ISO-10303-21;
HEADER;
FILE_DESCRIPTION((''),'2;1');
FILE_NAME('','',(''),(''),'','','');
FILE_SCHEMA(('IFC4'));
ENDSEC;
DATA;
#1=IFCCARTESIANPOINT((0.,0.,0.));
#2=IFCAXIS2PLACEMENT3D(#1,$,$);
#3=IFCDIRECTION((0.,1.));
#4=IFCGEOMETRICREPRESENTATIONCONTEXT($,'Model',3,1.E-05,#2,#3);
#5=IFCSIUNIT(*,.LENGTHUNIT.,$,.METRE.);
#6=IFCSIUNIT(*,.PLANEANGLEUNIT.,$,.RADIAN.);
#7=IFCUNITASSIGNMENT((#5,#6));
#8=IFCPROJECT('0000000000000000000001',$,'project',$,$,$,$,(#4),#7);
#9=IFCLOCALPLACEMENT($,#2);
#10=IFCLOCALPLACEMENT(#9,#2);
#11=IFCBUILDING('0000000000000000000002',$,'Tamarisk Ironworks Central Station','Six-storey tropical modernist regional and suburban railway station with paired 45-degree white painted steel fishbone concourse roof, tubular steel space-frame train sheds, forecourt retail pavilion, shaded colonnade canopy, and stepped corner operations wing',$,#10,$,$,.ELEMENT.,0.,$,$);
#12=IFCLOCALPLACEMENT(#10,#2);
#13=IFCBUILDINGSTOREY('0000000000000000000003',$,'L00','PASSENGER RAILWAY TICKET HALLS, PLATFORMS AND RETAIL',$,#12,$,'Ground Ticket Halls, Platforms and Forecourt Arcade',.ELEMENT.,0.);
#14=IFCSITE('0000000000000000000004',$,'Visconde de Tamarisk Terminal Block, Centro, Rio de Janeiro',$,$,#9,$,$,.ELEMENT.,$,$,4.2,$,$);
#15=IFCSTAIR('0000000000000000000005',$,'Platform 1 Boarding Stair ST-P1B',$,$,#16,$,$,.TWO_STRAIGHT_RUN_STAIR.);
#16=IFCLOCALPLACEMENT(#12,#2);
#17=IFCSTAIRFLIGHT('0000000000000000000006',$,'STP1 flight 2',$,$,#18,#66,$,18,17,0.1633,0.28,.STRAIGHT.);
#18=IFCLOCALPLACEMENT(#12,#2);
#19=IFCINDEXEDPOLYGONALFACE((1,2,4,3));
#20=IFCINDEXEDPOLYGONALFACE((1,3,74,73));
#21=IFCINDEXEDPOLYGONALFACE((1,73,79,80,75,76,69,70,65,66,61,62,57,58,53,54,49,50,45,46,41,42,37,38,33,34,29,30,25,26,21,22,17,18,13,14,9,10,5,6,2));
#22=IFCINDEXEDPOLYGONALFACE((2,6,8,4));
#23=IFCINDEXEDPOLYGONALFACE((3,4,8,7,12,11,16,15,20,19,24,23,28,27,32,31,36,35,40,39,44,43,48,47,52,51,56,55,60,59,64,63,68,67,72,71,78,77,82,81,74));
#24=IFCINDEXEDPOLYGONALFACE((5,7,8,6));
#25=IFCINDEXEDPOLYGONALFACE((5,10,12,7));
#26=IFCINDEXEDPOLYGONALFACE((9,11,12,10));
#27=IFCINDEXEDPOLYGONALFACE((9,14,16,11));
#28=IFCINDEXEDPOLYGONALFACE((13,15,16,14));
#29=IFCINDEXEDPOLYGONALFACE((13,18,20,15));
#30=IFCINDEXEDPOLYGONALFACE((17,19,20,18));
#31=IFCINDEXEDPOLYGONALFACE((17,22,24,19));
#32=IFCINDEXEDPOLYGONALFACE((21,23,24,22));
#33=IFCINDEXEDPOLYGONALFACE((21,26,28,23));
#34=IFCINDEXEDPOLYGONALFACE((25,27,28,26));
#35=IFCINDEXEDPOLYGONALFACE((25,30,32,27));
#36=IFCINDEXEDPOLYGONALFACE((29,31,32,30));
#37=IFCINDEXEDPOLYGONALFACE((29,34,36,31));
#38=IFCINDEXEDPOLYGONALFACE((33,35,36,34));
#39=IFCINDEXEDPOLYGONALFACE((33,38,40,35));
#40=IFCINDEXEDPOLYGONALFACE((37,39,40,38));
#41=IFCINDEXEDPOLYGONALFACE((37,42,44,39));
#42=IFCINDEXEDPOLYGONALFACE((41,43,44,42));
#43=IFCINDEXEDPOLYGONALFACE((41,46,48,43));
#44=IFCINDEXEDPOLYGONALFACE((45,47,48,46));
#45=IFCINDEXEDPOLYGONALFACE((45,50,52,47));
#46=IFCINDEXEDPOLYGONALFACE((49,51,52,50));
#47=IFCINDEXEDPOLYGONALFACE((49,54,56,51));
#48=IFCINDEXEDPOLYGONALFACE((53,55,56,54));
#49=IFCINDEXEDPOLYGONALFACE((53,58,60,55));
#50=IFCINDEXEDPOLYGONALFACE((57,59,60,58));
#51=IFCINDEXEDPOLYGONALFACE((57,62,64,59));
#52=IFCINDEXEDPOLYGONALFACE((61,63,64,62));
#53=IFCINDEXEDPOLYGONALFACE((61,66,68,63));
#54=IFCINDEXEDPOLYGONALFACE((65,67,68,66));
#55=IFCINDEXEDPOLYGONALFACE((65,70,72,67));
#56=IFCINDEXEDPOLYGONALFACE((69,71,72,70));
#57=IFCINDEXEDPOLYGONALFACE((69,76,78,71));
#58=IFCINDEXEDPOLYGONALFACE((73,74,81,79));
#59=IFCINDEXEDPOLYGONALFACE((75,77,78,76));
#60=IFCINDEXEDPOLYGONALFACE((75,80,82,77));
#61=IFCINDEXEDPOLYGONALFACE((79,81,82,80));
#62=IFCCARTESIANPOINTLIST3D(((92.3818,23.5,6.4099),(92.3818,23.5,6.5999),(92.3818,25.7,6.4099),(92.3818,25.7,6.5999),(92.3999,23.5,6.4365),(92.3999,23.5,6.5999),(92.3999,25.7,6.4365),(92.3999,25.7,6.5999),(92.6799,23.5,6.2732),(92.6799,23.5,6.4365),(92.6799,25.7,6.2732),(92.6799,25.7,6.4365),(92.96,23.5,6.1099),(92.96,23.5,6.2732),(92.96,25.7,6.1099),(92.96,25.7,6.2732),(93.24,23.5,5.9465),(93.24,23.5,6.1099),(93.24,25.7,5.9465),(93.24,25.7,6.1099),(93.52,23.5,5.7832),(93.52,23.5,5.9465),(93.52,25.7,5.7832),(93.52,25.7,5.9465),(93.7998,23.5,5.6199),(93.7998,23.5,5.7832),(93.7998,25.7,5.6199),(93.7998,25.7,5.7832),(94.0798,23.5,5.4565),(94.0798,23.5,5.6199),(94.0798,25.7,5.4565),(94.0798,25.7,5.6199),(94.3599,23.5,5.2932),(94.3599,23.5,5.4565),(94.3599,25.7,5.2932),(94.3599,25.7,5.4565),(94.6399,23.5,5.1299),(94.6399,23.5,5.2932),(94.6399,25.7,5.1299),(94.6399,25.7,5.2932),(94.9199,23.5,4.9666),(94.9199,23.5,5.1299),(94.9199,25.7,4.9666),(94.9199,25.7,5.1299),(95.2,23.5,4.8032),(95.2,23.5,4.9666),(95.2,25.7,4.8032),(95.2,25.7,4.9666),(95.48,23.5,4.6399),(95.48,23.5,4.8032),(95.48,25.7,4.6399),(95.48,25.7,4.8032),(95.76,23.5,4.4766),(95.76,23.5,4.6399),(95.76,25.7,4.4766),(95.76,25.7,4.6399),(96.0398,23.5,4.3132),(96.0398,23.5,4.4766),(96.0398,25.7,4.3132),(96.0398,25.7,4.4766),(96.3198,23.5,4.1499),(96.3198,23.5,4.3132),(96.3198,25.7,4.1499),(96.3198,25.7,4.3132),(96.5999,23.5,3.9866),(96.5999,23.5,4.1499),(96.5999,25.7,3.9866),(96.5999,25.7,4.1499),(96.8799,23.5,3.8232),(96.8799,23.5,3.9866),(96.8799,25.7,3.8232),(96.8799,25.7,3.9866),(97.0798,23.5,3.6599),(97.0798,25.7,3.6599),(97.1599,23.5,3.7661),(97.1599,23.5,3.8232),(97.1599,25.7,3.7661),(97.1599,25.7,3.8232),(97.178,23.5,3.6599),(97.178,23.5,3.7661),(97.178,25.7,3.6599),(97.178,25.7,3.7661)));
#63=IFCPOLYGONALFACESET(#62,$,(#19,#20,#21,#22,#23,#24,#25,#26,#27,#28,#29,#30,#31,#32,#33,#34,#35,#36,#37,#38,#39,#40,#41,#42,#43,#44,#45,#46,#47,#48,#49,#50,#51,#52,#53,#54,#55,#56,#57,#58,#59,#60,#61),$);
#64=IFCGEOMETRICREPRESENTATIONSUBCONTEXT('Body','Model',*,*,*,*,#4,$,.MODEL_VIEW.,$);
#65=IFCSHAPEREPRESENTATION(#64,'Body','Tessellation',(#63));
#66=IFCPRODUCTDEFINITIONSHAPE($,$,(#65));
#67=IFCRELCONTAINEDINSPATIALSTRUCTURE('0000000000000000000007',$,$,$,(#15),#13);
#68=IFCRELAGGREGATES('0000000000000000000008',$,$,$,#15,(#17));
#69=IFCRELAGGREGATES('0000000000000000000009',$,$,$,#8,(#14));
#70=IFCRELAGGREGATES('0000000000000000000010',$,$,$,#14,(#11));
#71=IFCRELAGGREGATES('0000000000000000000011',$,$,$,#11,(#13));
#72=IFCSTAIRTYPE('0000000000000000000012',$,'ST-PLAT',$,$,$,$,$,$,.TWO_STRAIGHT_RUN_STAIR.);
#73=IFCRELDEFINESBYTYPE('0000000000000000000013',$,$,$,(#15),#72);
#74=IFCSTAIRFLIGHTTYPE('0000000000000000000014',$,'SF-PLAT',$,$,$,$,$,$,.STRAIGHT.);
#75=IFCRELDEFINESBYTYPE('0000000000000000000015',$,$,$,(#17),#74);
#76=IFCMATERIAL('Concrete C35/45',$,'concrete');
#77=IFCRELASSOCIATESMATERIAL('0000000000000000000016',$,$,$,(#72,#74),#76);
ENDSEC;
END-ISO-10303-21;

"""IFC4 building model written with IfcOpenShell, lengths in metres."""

from ifc_helpers import new_model, si_unit, direction, frame, origin, place, context, subcontext, project, spatial, polyline, outline, extrude, material, type_object, element, aggregate, save


model = new_model("IFC4")

# Units and contexts
model_context = context("Model", 3, precision=1e-05, world=origin(), true_north=direction((0.0, 1.0)))
body_context = subcontext(model_context, "Body", "Model", "MODEL_VIEW")
ifc_project = project(units=[si_unit("LENGTHUNIT", "METRE"), si_unit("PLANEANGLEUNIT", "RADIAN")], contexts=[model_context])

# Site, building, storey
site_placement = place(None, origin())
site = spatial("IfcSite", under=ifc_project, at=site_placement, Name="Visconde de Tamarisk Terminal Block, Centro, Rio de Janeiro", CompositionType="ELEMENT", RefElevation=4.2)
building_placement = place(site_placement, origin())
building = spatial("IfcBuilding", under=site, at=building_placement, Name="Tamarisk Ironworks Central Station", Description="Six-storey tropical modernist regional and suburban railway station with paired 45-degree white painted steel fishbone concourse roof, tubular steel space-frame train sheds, forecourt retail pavilion, shaded colonnade canopy, and stepped corner operations wing", CompositionType="ELEMENT", ElevationOfRefHeight=0.0)
storey_placement = place(building_placement, origin())
storey = spatial("IfcBuildingStorey", under=building, at=storey_placement, Name="L00", Description="PASSENGER RAILWAY TICKET HALLS, PLATFORMS AND RETAIL", LongName="Ground Ticket Halls, Platforms and Forecourt Arcade", CompositionType="ELEMENT", Elevation=0.0)

# Stair, stair flight
ifc_material_1 = material(Name="Concrete C35/45", Category="concrete")
stair_type = type_object("IfcStairType", Name="ST-PLAT", PredefinedType="TWO_STRAIGHT_RUN_STAIR", material=ifc_material_1)
stair_placement = place(storey_placement, origin())
stair = element("IfcStair", 1, at=stair_placement, inside=storey, type_object=stair_type, Name="Platform 1 Boarding Stair ST-P1B", PredefinedType="TWO_STRAIGHT_RUN_STAIR")
stair_flight_type = type_object("IfcStairFlightType", Name="SF-PLAT", PredefinedType="STRAIGHT", material=ifc_material_1)
stair_flight_placement = place(storey_placement, frame((97.1599, 24.6001, 3.6599), z_axis=(0.0, 0.0, 1.0), x_axis=(-1.0, 0.0, 0.0)))
stair_flight = element("IfcStairFlight", 2, at=stair_flight_placement, type_object=stair_flight_type, Name="STP1 flight 2", NumberOfRisers=18, NumberOfTreads=17, PredefinedType="STRAIGHT", RiserHeight=0.1633, TreadLength=0.28, context=body_context, shape_type="SweptSolid", body=[
    extrude(outline(polyline([(-0.0181, 0.0), (-0.0181, 0.1062), (0.0, 0.1062), (0.0, 0.1633), (0.28, 0.1633), (0.28, 0.3267), (0.5601, 0.3267), (0.5601, 0.49), (0.8401, 0.49), (0.8401, 0.6533), (1.1201, 0.6533), (1.1201, 0.8167), (1.3999, 0.8167), (1.3999, 0.98), (1.6799, 0.98), (1.6799, 1.1433), (1.96, 1.1433), (1.96, 1.3066), (2.24, 1.3066), (2.24, 1.47), (2.52, 1.47), (2.52, 1.6333), (2.8, 1.6333), (2.8, 1.7966), (3.0801, 1.7966), (3.0801, 1.96), (3.3601, 1.96), (3.3601, 2.1233), (3.6399, 2.1233), (3.6399, 2.2866), (3.9199, 2.2866), (3.9199, 2.45), (4.2, 2.45), (4.2, 2.6133), (4.48, 2.6133), (4.48, 2.7766), (4.76, 2.7766), (4.76, 2.9399), (4.7781, 2.9399), (4.7781, 2.75), (0.0801, 0.0), (-0.0181, 0.0)])), frame((0.0, 1.1001, 0.0), z_axis=(0.0, -1.0, 0.0), x_axis=(1.0, 0.0, 0.0)), (0.0, 0.0, 1.0), 2.2),
])
aggregate(stair, [stair_flight])

save(model, "model.ifc")
